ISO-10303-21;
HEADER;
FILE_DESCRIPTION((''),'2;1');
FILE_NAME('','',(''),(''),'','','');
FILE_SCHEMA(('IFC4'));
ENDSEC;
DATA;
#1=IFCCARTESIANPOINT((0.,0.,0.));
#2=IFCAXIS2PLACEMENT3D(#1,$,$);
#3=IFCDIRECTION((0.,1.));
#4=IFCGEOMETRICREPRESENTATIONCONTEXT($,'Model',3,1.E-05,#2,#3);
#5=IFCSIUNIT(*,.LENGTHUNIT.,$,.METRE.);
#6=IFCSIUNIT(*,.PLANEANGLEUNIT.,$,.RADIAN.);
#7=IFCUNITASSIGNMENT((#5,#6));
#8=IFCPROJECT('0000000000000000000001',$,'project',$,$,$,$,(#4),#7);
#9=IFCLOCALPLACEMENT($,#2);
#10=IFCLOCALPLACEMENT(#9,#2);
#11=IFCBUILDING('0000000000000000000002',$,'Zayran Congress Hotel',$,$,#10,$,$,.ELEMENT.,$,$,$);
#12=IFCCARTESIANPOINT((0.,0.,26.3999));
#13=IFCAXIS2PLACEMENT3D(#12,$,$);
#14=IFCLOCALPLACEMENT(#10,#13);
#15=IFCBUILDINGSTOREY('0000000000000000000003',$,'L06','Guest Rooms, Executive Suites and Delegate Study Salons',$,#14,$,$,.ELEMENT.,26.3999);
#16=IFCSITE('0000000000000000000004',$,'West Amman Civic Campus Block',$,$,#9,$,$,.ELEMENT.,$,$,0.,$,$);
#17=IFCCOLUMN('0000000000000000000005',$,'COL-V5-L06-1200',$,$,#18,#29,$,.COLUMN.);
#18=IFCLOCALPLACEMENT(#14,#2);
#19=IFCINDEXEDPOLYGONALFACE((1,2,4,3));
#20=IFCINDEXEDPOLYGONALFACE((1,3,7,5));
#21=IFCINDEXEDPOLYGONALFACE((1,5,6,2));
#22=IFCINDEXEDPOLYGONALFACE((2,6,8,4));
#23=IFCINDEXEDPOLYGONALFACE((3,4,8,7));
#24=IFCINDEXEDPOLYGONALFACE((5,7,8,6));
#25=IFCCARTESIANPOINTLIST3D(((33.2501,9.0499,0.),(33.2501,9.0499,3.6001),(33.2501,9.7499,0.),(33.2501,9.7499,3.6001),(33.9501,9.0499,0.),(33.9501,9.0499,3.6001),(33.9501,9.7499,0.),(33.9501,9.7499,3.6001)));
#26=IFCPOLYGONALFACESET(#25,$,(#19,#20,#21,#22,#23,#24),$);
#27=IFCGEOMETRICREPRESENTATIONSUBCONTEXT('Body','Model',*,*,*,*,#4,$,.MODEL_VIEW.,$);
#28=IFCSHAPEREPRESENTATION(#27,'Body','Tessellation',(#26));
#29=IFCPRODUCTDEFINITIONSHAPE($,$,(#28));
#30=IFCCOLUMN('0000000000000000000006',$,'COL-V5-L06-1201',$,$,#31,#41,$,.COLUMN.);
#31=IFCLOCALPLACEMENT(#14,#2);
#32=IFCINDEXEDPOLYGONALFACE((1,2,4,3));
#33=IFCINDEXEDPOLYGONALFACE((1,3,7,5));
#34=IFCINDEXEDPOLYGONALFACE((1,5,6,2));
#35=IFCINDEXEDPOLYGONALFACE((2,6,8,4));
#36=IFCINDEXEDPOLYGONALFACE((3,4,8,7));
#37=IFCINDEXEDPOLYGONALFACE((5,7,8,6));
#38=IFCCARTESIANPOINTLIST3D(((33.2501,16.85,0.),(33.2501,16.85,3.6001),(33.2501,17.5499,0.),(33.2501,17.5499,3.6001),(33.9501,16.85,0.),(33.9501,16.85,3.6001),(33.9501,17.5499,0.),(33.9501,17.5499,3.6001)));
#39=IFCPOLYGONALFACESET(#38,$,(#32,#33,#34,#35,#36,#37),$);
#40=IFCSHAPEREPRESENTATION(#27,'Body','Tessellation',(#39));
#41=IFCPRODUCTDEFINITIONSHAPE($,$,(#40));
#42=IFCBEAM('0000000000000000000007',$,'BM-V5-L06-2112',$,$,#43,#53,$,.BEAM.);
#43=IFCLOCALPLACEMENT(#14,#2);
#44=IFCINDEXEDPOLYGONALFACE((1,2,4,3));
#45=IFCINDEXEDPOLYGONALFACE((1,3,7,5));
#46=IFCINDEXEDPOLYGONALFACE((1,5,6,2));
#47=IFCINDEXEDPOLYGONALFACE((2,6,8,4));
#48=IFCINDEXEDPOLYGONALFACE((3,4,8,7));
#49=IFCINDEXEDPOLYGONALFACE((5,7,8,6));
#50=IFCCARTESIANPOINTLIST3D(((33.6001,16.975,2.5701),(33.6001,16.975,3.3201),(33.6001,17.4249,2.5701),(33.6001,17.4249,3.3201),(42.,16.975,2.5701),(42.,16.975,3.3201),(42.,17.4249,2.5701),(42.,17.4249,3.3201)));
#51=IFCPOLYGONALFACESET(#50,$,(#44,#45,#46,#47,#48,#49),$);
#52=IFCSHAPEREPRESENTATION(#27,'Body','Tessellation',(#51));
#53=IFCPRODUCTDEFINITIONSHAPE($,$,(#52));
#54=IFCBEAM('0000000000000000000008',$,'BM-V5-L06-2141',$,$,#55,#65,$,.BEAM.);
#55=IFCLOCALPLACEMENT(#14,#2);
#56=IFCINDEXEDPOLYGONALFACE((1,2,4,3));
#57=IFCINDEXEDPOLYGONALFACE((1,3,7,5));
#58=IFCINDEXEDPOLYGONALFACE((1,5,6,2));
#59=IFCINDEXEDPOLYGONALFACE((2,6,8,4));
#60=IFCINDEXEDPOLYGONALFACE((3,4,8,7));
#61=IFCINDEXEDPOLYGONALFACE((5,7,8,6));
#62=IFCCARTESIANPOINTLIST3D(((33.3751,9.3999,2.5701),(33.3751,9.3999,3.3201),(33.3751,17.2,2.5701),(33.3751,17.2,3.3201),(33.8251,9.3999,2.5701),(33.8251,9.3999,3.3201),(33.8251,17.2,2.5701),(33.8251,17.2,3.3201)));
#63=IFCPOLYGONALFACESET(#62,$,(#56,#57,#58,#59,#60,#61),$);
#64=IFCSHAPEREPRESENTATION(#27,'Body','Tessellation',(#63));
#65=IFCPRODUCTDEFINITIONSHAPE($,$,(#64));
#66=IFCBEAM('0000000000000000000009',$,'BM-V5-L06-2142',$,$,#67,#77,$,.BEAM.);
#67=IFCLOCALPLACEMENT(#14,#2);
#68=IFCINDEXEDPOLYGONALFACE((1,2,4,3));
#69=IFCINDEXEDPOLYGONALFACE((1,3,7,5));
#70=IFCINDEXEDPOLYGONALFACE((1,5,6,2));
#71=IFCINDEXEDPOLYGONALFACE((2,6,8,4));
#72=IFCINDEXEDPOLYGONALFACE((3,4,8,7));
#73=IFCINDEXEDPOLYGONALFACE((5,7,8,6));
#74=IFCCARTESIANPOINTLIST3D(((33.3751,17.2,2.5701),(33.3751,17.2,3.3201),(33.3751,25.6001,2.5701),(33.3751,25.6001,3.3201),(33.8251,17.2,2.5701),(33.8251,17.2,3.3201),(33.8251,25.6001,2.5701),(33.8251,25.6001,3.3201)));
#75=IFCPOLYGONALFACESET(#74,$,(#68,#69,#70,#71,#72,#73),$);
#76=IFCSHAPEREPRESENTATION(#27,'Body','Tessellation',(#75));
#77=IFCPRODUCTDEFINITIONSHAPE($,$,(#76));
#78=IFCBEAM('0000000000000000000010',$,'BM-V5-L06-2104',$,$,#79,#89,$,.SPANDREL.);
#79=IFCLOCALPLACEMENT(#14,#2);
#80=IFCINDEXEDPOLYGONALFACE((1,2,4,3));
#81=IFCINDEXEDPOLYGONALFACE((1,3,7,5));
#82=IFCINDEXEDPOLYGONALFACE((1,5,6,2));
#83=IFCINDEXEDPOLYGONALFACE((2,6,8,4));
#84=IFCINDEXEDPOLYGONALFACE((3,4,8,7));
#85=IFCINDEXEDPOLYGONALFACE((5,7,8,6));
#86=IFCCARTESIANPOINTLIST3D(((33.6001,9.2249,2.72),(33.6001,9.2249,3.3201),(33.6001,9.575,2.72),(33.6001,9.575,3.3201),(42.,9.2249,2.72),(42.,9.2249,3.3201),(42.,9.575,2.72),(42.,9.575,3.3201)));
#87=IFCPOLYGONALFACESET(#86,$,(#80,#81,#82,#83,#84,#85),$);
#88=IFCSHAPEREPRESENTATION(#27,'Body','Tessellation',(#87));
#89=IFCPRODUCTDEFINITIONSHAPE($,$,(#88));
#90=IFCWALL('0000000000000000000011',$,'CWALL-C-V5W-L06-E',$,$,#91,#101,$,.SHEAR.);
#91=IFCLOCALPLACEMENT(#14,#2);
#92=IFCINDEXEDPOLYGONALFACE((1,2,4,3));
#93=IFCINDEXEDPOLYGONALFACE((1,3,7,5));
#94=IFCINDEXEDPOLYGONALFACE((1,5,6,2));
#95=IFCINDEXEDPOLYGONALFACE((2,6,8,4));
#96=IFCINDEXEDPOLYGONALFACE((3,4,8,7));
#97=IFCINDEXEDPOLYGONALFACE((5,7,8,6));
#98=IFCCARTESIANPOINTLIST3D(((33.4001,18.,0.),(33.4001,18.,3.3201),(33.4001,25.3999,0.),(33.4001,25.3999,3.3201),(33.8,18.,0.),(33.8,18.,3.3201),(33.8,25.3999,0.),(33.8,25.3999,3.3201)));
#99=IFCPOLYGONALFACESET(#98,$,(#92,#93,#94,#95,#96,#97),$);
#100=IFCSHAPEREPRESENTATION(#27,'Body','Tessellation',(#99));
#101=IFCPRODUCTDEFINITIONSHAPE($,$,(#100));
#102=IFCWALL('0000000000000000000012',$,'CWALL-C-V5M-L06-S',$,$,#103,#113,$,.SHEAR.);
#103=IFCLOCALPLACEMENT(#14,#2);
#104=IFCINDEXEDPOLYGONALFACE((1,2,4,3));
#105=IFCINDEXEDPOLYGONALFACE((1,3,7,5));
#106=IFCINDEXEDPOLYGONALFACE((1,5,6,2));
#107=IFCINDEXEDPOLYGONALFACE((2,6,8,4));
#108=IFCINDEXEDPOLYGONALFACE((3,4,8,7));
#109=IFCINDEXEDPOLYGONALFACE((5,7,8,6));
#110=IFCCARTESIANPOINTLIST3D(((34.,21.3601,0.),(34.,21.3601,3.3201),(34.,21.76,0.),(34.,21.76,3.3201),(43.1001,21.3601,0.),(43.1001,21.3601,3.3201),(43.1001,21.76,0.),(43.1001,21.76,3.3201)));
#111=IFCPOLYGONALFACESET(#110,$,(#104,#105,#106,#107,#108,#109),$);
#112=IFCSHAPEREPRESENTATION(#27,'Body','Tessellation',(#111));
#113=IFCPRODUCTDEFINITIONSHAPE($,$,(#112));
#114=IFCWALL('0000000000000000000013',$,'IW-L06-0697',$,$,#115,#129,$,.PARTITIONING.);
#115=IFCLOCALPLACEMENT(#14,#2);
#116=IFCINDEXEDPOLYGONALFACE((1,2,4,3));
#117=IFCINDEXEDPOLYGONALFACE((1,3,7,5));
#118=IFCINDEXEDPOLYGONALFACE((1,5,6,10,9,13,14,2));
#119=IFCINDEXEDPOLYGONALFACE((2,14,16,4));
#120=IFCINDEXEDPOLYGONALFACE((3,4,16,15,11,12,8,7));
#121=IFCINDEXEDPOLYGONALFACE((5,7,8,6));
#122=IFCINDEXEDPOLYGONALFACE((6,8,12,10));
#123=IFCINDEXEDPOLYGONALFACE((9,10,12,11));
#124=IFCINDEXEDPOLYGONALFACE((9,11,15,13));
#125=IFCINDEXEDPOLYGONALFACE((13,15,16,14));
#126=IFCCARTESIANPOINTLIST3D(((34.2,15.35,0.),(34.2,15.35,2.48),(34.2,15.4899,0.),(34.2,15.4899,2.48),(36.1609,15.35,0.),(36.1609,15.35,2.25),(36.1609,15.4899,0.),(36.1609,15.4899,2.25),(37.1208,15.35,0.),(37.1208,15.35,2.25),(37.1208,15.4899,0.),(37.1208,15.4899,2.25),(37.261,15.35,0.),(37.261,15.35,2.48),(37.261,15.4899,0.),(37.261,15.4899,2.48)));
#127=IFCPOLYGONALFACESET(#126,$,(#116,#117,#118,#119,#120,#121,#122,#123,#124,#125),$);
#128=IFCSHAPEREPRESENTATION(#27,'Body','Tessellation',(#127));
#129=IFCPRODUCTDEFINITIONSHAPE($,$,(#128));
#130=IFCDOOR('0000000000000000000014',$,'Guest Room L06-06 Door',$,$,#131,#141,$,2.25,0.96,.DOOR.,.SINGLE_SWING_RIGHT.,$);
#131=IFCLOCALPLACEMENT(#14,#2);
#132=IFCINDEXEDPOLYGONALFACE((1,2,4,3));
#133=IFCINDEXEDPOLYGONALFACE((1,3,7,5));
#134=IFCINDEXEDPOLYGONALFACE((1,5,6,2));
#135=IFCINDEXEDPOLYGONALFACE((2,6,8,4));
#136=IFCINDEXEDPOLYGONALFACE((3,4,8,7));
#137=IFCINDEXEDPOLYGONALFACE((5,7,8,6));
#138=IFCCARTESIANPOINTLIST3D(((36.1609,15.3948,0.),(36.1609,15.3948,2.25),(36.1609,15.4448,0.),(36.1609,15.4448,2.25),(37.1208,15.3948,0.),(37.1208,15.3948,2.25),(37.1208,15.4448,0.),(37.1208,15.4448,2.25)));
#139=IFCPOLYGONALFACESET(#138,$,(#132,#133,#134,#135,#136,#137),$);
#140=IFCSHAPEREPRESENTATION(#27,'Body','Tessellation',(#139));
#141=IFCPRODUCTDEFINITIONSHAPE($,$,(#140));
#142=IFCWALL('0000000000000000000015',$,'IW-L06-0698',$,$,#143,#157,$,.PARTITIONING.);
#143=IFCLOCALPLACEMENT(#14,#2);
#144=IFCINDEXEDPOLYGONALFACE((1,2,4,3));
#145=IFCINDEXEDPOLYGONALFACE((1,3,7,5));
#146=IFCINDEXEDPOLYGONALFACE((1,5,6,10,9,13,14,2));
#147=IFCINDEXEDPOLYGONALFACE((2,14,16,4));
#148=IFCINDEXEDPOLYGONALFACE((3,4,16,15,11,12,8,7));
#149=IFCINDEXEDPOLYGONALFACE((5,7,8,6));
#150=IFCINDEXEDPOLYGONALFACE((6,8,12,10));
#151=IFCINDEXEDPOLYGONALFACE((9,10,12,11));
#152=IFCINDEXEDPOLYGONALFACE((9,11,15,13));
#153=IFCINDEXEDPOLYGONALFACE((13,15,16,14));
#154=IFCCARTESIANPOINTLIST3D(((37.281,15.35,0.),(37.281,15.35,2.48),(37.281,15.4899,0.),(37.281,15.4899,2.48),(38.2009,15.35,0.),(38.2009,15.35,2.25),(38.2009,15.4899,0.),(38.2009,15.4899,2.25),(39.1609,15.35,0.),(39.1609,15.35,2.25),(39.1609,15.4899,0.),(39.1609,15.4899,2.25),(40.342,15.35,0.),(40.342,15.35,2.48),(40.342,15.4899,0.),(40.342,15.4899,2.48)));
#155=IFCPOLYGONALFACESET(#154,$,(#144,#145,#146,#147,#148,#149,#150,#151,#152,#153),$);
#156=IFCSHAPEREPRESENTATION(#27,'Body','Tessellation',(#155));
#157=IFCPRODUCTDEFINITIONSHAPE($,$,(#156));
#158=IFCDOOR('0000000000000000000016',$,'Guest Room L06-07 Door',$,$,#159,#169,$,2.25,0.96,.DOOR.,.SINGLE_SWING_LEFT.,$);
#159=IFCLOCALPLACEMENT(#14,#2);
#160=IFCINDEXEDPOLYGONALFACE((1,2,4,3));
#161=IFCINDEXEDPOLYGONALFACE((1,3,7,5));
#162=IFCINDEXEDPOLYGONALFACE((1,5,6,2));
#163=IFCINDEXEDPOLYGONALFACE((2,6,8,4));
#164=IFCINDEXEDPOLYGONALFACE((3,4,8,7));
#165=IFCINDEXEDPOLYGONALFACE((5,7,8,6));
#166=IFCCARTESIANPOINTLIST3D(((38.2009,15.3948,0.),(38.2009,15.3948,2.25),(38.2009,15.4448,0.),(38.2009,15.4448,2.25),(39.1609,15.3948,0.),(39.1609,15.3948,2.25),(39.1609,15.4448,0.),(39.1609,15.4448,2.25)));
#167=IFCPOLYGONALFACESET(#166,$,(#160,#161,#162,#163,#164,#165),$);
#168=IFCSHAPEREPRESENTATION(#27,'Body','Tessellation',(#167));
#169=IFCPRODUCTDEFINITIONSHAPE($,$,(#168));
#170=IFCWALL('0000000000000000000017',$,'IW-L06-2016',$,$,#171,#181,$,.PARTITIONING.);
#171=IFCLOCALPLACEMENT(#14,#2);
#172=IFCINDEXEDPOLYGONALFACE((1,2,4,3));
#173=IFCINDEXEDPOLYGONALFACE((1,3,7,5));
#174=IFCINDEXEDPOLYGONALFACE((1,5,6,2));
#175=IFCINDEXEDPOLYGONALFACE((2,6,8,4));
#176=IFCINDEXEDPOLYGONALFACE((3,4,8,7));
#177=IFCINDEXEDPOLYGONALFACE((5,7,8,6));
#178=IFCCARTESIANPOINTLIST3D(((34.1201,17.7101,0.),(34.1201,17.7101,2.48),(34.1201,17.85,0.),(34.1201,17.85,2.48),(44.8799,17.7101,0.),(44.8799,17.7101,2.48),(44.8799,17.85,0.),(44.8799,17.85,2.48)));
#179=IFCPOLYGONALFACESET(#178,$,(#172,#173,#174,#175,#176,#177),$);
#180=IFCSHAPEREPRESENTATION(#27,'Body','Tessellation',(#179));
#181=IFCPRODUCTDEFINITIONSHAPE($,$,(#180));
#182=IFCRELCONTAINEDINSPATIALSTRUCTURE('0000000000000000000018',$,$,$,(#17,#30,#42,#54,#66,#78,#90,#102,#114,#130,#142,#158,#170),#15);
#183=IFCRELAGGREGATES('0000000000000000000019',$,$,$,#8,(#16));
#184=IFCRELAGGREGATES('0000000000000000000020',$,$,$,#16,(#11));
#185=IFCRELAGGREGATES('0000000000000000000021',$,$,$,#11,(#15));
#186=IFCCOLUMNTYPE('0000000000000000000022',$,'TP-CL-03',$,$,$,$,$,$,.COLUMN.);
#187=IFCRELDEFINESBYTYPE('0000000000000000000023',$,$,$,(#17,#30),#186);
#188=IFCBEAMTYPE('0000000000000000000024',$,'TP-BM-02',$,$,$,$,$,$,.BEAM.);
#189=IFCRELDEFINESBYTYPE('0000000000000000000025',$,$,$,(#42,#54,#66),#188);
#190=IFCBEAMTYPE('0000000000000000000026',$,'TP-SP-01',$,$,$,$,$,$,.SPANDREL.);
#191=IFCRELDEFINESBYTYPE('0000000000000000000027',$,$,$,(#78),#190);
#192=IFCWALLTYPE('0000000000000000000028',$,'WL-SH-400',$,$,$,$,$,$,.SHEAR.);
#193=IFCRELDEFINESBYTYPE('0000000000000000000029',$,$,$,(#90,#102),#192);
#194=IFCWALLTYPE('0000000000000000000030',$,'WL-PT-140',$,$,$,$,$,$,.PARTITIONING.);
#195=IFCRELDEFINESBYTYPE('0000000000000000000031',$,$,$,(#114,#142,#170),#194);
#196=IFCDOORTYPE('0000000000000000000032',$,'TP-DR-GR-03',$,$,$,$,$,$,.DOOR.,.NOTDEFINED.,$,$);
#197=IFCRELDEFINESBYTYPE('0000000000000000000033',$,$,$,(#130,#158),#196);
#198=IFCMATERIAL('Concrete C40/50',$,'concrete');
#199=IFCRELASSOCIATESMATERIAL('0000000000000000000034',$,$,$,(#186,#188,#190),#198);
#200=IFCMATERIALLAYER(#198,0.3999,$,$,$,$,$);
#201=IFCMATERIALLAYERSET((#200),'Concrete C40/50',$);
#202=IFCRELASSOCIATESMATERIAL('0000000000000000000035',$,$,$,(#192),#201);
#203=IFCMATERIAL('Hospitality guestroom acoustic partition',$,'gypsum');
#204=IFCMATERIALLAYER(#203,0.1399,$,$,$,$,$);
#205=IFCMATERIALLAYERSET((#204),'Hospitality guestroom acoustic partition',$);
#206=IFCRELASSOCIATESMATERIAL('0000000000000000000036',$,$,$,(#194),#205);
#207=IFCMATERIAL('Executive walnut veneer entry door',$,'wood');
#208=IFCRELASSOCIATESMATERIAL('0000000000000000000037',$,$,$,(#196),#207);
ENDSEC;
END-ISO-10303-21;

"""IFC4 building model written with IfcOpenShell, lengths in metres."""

from ifc_helpers import new_model, si_unit, direction, frame, frame_2d, origin, origin_2d, place, context, subcontext, project, spatial, rectangle, extrude, material, layer, layer_set, material_profile, profile_set, type_object, element, fill, save


model = new_model("IFC4")

# Units and contexts
model_context = context("Model", 3, precision=1e-05, world=origin(), true_north=direction((0.0, 1.0)))
body_context = subcontext(model_context, "Body", "Model", "MODEL_VIEW")
ifc_project = project(units=[si_unit("LENGTHUNIT", "METRE"), si_unit("PLANEANGLEUNIT", "RADIAN")], contexts=[model_context])

# Site, building, storey
site_placement = place(None, origin())
site = spatial("IfcSite", under=ifc_project, at=site_placement, Name="West Amman Civic Campus Block", CompositionType="ELEMENT", RefElevation=0.0)
building_placement = place(site_placement, origin())
building = spatial("IfcBuilding", under=site, at=building_placement, Name="Zayran Congress Hotel", CompositionType="ELEMENT")
storey_placement = place(building_placement, frame((0.0, 0.0, 26.3999)))
storey = spatial("IfcBuildingStorey", under=building, at=storey_placement, Name="L06", Description="Guest Rooms, Executive Suites and Delegate Study Salons", CompositionType="ELEMENT", Elevation=26.3999)

# Columns
ifc_material_1 = material(Name="Concrete C40/50", Category="concrete")
ifc_material_profile_1 = material_profile(ifc_material_1, rectangle(XDim=0.7, YDim=0.7, at=origin_2d()), Name="RC 700x700")
ifc_profile_set_1 = profile_set([ifc_material_profile_1], Name="Concrete C40/50")
column_type = type_object("IfcColumnType", Name="TP-CL-03", PredefinedType="COLUMN", material=ifc_profile_set_1)
for number, where, z_axis, x_axis, name in (
    (1, (33.6001, 9.3999, 0.0), (0.0, 0.0, 1.0), (1.0, 0.0, 0.0), "COL-V5-L06-1200"),
    (2, (33.6001, 17.2, 0.0), (0.0, 0.0, 1.0), (1.0, 0.0, 0.0), "COL-V5-L06-1201"),
):
    element("IfcColumn", number, at=place(storey_placement, frame(where, z_axis=z_axis, x_axis=x_axis)), inside=storey, type_object=column_type, Name=name, PredefinedType="COLUMN", context=body_context, shape_type="SweptSolid", body=[
        extrude(rectangle(XDim=0.7, YDim=0.7, at=origin_2d()), origin(), (0.0, 0.0, 1.0), 3.6001),
    ])

# Beams
ifc_material_profile_2 = material_profile(ifc_material_1, rectangle(XDim=0.45, YDim=0.75, at=origin_2d()), Name="RC 450x750")
ifc_profile_set_2 = profile_set([ifc_material_profile_2], Name="Concrete C40/50")
beam_type_1 = type_object("IfcBeamType", Name="TP-BM-02", PredefinedType="BEAM", material=ifc_profile_set_2)
beam_1_placement = place(storey_placement, frame((33.6001, 17.2, 2.9451), z_axis=(1.0, 0.0, 0.0), x_axis=(0.0, 1.0, 0.0)))
element("IfcBeam", 3, at=beam_1_placement, inside=storey, type_object=beam_type_1, Name="BM-V5-L06-2112", PredefinedType="BEAM", context=body_context, shape_type="SweptSolid", body=[
    extrude(rectangle(XDim=0.45, YDim=0.75, at=origin_2d()), origin(), (0.0, 0.0, 1.0), 8.3999),
])
beam_2_placement = place(storey_placement, frame((33.6001, 9.3999, 2.9451), z_axis=(0.0, 1.0, 0.0), x_axis=(-1.0, 0.0, 0.0)))
element("IfcBeam", 4, at=beam_2_placement, inside=storey, type_object=beam_type_1, Name="BM-V5-L06-2141", PredefinedType="BEAM", context=body_context, shape_type="SweptSolid", body=[
    extrude(rectangle(XDim=0.45, YDim=0.75, at=origin_2d()), origin(), (0.0, 0.0, 1.0), 7.8),
])
beam_3_placement = place(storey_placement, frame((33.6001, 17.2, 2.9451), z_axis=(0.0, 1.0, 0.0), x_axis=(-1.0, 0.0, 0.0)))
element("IfcBeam", 5, at=beam_3_placement, inside=storey, type_object=beam_type_1, Name="BM-V5-L06-2142", PredefinedType="BEAM", context=body_context, shape_type="SweptSolid", body=[
    extrude(rectangle(XDim=0.45, YDim=0.75, at=origin_2d()), origin(), (0.0, 0.0, 1.0), 8.4001),
])
ifc_material_profile_3 = material_profile(ifc_material_1, rectangle(XDim=0.3501, YDim=0.6001, at=origin_2d()), Name="RC 350x600")
ifc_profile_set_3 = profile_set([ifc_material_profile_3], Name="Concrete C40/50")
beam_type_2 = type_object("IfcBeamType", Name="TP-SP-01", PredefinedType="SPANDREL", material=ifc_profile_set_3)
beam_4_placement = place(storey_placement, frame((33.6001, 9.3999, 3.02), z_axis=(1.0, 0.0, 0.0), x_axis=(0.0, 1.0, 0.0)))
element("IfcBeam", 6, at=beam_4_placement, inside=storey, type_object=beam_type_2, Name="BM-V5-L06-2104", PredefinedType="SPANDREL", context=body_context, shape_type="SweptSolid", body=[
    extrude(rectangle(XDim=0.3501, YDim=0.6001, at=origin_2d()), origin(), (0.0, 0.0, 1.0), 8.3999),
])

# Walls
ifc_layer_1 = layer(ifc_material_1, 0.3999)
ifc_layer_set_1 = layer_set([ifc_layer_1], Name="Concrete C40/50")
wall_type_1 = type_object("IfcWallType", Name="WL-SH-400", PredefinedType="SHEAR", material=ifc_layer_set_1)
wall_1_placement = place(storey_placement, frame((33.6001, 18.0, 0.0), z_axis=(0.0, 0.0, 1.0), x_axis=(0.0, 1.0, 0.0)))
element("IfcWall", 7, at=wall_1_placement, inside=storey, type_object=wall_type_1, Name="CWALL-C-V5W-L06-E", PredefinedType="SHEAR", context=body_context, shape_type="SweptSolid", body=[
    extrude(rectangle(XDim=7.3999, YDim=0.3999, at=frame_2d((3.7, 0.0))), origin(), (0.0, 0.0, 1.0), 3.3201),
])
wall_2_placement = place(storey_placement, frame((34.0, 21.5601, 0.0), z_axis=(0.0, 0.0, 1.0), x_axis=(1.0, 0.0, 0.0)))
element("IfcWall", 8, at=wall_2_placement, inside=storey, type_object=wall_type_1, Name="CWALL-C-V5M-L06-S", PredefinedType="SHEAR", context=body_context, shape_type="SweptSolid", body=[
    extrude(rectangle(XDim=9.1001, YDim=0.3999, at=frame_2d((4.55, 0.0))), origin(), (0.0, 0.0, 1.0), 3.3201),
])

# Walls, openings, doors
ifc_material_2 = material(Name="Hospitality guestroom acoustic partition", Category="gypsum")
ifc_layer_2 = layer(ifc_material_2, 0.1399)
ifc_layer_set_2 = layer_set([ifc_layer_2], Name="Hospitality guestroom acoustic partition")
wall_type_2 = type_object("IfcWallType", Name="WL-PT-140", PredefinedType="PARTITIONING", material=ifc_layer_set_2)
wall_3_placement = place(storey_placement, frame((34.2, 15.4199, 0.0), z_axis=(0.0, 0.0, 1.0), x_axis=(1.0, 0.0, 0.0)))
wall_3 = element("IfcWall", 9, at=wall_3_placement, inside=storey, type_object=wall_type_2, Name="IW-L06-0697", PredefinedType="PARTITIONING", context=body_context, shape_type="SweptSolid", body=[
    extrude(rectangle(XDim=3.061, YDim=0.1399, at=frame_2d((1.5305, 0.0))), origin(), (0.0, 0.0, 1.0), 2.48),
])
opening_1_placement = place(wall_3_placement, frame((1.9609, 0.0, 0.0)))
opening_1 = element("IfcOpeningElement", 10, at=opening_1_placement, cuts=wall_3, PredefinedType="OPENING", context=body_context, shape_type="SweptSolid", body=[
    extrude(rectangle(XDim=0.96, YDim=2.25, at=frame_2d((0.48, 1.125))), frame((0.0, 0.0798, 0.0), z_axis=(0.0, -1.0, 0.0), x_axis=(1.0, 0.0, 0.0)), (0.0, 0.0, 1.0), 0.1599),
])
ifc_material_3 = material(Name="Executive walnut veneer entry door", Category="wood")
door_type_1 = type_object("IfcDoorType", Name="TP-DR-GR-03", OperationType="NOTDEFINED", PredefinedType="DOOR", material=ifc_material_3)
door_1_placement = place(opening_1_placement, origin())
door_1 = element("IfcDoor", 11, at=door_1_placement, inside=storey, type_object=door_type_1, Name="Guest Room L06-06 Door", OperationType="SINGLE_SWING_RIGHT", OverallHeight=2.25, OverallWidth=0.96, PredefinedType="DOOR", context=body_context, shape_type="SweptSolid", body=[
    extrude(rectangle(XDim=0.96, YDim=2.25, at=frame_2d((0.48, 1.125))), frame((0.0, 0.0249, 0.0), z_axis=(0.0, -1.0, 0.0), x_axis=(1.0, 0.0, 0.0)), (0.0, 0.0, 1.0), 0.05),
])
fill(opening_1, door_1)
wall_4_placement = place(storey_placement, frame((37.281, 15.4199, 0.0), z_axis=(0.0, 0.0, 1.0), x_axis=(1.0, 0.0, 0.0)))
wall_4 = element("IfcWall", 12, at=wall_4_placement, inside=storey, type_object=wall_type_2, Name="IW-L06-0698", PredefinedType="PARTITIONING", context=body_context, shape_type="SweptSolid", body=[
    extrude(rectangle(XDim=3.061, YDim=0.1399, at=frame_2d((1.5305, 0.0))), origin(), (0.0, 0.0, 1.0), 2.48),
])
opening_2_placement = place(wall_4_placement, frame((0.9199, 0.0, 0.0)))
opening_2 = element("IfcOpeningElement", 13, at=opening_2_placement, cuts=wall_4, PredefinedType="OPENING", context=body_context, shape_type="SweptSolid", body=[
    extrude(rectangle(XDim=0.96, YDim=2.25, at=frame_2d((0.48, 1.125))), frame((0.0, 0.0798, 0.0), z_axis=(0.0, -1.0, 0.0), x_axis=(1.0, 0.0, 0.0)), (0.0, 0.0, 1.0), 0.1599),
])
door_2_placement = place(opening_2_placement, origin())
door_2 = element("IfcDoor", 14, at=door_2_placement, inside=storey, type_object=door_type_1, Name="Guest Room L06-07 Door", OperationType="SINGLE_SWING_LEFT", OverallHeight=2.25, OverallWidth=0.96, PredefinedType="DOOR", context=body_context, shape_type="SweptSolid", body=[
    extrude(rectangle(XDim=0.96, YDim=2.25, at=frame_2d((0.48, 1.125))), frame((0.0, 0.0249, 0.0), z_axis=(0.0, -1.0, 0.0), x_axis=(1.0, 0.0, 0.0)), (0.0, 0.0, 1.0), 0.05),
])
fill(opening_2, door_2)

# Wall
for number, where, z_axis, x_axis, name in (
    (15, (34.1201, 17.78, 0.0), (0.0, 0.0, 1.0), (1.0, 0.0, 0.0), "IW-L06-2016"),
):
    element("IfcWall", number, at=place(storey_placement, frame(where, z_axis=z_axis, x_axis=x_axis)), inside=storey, type_object=wall_type_2, Name=name, PredefinedType="PARTITIONING", context=body_context, shape_type="SweptSolid", body=[
        extrude(rectangle(XDim=10.7598, YDim=0.1399, at=frame_2d((5.3799, 0.0))), origin(), (0.0, 0.0, 1.0), 2.48),
    ])

save(model, "model.ifc")
